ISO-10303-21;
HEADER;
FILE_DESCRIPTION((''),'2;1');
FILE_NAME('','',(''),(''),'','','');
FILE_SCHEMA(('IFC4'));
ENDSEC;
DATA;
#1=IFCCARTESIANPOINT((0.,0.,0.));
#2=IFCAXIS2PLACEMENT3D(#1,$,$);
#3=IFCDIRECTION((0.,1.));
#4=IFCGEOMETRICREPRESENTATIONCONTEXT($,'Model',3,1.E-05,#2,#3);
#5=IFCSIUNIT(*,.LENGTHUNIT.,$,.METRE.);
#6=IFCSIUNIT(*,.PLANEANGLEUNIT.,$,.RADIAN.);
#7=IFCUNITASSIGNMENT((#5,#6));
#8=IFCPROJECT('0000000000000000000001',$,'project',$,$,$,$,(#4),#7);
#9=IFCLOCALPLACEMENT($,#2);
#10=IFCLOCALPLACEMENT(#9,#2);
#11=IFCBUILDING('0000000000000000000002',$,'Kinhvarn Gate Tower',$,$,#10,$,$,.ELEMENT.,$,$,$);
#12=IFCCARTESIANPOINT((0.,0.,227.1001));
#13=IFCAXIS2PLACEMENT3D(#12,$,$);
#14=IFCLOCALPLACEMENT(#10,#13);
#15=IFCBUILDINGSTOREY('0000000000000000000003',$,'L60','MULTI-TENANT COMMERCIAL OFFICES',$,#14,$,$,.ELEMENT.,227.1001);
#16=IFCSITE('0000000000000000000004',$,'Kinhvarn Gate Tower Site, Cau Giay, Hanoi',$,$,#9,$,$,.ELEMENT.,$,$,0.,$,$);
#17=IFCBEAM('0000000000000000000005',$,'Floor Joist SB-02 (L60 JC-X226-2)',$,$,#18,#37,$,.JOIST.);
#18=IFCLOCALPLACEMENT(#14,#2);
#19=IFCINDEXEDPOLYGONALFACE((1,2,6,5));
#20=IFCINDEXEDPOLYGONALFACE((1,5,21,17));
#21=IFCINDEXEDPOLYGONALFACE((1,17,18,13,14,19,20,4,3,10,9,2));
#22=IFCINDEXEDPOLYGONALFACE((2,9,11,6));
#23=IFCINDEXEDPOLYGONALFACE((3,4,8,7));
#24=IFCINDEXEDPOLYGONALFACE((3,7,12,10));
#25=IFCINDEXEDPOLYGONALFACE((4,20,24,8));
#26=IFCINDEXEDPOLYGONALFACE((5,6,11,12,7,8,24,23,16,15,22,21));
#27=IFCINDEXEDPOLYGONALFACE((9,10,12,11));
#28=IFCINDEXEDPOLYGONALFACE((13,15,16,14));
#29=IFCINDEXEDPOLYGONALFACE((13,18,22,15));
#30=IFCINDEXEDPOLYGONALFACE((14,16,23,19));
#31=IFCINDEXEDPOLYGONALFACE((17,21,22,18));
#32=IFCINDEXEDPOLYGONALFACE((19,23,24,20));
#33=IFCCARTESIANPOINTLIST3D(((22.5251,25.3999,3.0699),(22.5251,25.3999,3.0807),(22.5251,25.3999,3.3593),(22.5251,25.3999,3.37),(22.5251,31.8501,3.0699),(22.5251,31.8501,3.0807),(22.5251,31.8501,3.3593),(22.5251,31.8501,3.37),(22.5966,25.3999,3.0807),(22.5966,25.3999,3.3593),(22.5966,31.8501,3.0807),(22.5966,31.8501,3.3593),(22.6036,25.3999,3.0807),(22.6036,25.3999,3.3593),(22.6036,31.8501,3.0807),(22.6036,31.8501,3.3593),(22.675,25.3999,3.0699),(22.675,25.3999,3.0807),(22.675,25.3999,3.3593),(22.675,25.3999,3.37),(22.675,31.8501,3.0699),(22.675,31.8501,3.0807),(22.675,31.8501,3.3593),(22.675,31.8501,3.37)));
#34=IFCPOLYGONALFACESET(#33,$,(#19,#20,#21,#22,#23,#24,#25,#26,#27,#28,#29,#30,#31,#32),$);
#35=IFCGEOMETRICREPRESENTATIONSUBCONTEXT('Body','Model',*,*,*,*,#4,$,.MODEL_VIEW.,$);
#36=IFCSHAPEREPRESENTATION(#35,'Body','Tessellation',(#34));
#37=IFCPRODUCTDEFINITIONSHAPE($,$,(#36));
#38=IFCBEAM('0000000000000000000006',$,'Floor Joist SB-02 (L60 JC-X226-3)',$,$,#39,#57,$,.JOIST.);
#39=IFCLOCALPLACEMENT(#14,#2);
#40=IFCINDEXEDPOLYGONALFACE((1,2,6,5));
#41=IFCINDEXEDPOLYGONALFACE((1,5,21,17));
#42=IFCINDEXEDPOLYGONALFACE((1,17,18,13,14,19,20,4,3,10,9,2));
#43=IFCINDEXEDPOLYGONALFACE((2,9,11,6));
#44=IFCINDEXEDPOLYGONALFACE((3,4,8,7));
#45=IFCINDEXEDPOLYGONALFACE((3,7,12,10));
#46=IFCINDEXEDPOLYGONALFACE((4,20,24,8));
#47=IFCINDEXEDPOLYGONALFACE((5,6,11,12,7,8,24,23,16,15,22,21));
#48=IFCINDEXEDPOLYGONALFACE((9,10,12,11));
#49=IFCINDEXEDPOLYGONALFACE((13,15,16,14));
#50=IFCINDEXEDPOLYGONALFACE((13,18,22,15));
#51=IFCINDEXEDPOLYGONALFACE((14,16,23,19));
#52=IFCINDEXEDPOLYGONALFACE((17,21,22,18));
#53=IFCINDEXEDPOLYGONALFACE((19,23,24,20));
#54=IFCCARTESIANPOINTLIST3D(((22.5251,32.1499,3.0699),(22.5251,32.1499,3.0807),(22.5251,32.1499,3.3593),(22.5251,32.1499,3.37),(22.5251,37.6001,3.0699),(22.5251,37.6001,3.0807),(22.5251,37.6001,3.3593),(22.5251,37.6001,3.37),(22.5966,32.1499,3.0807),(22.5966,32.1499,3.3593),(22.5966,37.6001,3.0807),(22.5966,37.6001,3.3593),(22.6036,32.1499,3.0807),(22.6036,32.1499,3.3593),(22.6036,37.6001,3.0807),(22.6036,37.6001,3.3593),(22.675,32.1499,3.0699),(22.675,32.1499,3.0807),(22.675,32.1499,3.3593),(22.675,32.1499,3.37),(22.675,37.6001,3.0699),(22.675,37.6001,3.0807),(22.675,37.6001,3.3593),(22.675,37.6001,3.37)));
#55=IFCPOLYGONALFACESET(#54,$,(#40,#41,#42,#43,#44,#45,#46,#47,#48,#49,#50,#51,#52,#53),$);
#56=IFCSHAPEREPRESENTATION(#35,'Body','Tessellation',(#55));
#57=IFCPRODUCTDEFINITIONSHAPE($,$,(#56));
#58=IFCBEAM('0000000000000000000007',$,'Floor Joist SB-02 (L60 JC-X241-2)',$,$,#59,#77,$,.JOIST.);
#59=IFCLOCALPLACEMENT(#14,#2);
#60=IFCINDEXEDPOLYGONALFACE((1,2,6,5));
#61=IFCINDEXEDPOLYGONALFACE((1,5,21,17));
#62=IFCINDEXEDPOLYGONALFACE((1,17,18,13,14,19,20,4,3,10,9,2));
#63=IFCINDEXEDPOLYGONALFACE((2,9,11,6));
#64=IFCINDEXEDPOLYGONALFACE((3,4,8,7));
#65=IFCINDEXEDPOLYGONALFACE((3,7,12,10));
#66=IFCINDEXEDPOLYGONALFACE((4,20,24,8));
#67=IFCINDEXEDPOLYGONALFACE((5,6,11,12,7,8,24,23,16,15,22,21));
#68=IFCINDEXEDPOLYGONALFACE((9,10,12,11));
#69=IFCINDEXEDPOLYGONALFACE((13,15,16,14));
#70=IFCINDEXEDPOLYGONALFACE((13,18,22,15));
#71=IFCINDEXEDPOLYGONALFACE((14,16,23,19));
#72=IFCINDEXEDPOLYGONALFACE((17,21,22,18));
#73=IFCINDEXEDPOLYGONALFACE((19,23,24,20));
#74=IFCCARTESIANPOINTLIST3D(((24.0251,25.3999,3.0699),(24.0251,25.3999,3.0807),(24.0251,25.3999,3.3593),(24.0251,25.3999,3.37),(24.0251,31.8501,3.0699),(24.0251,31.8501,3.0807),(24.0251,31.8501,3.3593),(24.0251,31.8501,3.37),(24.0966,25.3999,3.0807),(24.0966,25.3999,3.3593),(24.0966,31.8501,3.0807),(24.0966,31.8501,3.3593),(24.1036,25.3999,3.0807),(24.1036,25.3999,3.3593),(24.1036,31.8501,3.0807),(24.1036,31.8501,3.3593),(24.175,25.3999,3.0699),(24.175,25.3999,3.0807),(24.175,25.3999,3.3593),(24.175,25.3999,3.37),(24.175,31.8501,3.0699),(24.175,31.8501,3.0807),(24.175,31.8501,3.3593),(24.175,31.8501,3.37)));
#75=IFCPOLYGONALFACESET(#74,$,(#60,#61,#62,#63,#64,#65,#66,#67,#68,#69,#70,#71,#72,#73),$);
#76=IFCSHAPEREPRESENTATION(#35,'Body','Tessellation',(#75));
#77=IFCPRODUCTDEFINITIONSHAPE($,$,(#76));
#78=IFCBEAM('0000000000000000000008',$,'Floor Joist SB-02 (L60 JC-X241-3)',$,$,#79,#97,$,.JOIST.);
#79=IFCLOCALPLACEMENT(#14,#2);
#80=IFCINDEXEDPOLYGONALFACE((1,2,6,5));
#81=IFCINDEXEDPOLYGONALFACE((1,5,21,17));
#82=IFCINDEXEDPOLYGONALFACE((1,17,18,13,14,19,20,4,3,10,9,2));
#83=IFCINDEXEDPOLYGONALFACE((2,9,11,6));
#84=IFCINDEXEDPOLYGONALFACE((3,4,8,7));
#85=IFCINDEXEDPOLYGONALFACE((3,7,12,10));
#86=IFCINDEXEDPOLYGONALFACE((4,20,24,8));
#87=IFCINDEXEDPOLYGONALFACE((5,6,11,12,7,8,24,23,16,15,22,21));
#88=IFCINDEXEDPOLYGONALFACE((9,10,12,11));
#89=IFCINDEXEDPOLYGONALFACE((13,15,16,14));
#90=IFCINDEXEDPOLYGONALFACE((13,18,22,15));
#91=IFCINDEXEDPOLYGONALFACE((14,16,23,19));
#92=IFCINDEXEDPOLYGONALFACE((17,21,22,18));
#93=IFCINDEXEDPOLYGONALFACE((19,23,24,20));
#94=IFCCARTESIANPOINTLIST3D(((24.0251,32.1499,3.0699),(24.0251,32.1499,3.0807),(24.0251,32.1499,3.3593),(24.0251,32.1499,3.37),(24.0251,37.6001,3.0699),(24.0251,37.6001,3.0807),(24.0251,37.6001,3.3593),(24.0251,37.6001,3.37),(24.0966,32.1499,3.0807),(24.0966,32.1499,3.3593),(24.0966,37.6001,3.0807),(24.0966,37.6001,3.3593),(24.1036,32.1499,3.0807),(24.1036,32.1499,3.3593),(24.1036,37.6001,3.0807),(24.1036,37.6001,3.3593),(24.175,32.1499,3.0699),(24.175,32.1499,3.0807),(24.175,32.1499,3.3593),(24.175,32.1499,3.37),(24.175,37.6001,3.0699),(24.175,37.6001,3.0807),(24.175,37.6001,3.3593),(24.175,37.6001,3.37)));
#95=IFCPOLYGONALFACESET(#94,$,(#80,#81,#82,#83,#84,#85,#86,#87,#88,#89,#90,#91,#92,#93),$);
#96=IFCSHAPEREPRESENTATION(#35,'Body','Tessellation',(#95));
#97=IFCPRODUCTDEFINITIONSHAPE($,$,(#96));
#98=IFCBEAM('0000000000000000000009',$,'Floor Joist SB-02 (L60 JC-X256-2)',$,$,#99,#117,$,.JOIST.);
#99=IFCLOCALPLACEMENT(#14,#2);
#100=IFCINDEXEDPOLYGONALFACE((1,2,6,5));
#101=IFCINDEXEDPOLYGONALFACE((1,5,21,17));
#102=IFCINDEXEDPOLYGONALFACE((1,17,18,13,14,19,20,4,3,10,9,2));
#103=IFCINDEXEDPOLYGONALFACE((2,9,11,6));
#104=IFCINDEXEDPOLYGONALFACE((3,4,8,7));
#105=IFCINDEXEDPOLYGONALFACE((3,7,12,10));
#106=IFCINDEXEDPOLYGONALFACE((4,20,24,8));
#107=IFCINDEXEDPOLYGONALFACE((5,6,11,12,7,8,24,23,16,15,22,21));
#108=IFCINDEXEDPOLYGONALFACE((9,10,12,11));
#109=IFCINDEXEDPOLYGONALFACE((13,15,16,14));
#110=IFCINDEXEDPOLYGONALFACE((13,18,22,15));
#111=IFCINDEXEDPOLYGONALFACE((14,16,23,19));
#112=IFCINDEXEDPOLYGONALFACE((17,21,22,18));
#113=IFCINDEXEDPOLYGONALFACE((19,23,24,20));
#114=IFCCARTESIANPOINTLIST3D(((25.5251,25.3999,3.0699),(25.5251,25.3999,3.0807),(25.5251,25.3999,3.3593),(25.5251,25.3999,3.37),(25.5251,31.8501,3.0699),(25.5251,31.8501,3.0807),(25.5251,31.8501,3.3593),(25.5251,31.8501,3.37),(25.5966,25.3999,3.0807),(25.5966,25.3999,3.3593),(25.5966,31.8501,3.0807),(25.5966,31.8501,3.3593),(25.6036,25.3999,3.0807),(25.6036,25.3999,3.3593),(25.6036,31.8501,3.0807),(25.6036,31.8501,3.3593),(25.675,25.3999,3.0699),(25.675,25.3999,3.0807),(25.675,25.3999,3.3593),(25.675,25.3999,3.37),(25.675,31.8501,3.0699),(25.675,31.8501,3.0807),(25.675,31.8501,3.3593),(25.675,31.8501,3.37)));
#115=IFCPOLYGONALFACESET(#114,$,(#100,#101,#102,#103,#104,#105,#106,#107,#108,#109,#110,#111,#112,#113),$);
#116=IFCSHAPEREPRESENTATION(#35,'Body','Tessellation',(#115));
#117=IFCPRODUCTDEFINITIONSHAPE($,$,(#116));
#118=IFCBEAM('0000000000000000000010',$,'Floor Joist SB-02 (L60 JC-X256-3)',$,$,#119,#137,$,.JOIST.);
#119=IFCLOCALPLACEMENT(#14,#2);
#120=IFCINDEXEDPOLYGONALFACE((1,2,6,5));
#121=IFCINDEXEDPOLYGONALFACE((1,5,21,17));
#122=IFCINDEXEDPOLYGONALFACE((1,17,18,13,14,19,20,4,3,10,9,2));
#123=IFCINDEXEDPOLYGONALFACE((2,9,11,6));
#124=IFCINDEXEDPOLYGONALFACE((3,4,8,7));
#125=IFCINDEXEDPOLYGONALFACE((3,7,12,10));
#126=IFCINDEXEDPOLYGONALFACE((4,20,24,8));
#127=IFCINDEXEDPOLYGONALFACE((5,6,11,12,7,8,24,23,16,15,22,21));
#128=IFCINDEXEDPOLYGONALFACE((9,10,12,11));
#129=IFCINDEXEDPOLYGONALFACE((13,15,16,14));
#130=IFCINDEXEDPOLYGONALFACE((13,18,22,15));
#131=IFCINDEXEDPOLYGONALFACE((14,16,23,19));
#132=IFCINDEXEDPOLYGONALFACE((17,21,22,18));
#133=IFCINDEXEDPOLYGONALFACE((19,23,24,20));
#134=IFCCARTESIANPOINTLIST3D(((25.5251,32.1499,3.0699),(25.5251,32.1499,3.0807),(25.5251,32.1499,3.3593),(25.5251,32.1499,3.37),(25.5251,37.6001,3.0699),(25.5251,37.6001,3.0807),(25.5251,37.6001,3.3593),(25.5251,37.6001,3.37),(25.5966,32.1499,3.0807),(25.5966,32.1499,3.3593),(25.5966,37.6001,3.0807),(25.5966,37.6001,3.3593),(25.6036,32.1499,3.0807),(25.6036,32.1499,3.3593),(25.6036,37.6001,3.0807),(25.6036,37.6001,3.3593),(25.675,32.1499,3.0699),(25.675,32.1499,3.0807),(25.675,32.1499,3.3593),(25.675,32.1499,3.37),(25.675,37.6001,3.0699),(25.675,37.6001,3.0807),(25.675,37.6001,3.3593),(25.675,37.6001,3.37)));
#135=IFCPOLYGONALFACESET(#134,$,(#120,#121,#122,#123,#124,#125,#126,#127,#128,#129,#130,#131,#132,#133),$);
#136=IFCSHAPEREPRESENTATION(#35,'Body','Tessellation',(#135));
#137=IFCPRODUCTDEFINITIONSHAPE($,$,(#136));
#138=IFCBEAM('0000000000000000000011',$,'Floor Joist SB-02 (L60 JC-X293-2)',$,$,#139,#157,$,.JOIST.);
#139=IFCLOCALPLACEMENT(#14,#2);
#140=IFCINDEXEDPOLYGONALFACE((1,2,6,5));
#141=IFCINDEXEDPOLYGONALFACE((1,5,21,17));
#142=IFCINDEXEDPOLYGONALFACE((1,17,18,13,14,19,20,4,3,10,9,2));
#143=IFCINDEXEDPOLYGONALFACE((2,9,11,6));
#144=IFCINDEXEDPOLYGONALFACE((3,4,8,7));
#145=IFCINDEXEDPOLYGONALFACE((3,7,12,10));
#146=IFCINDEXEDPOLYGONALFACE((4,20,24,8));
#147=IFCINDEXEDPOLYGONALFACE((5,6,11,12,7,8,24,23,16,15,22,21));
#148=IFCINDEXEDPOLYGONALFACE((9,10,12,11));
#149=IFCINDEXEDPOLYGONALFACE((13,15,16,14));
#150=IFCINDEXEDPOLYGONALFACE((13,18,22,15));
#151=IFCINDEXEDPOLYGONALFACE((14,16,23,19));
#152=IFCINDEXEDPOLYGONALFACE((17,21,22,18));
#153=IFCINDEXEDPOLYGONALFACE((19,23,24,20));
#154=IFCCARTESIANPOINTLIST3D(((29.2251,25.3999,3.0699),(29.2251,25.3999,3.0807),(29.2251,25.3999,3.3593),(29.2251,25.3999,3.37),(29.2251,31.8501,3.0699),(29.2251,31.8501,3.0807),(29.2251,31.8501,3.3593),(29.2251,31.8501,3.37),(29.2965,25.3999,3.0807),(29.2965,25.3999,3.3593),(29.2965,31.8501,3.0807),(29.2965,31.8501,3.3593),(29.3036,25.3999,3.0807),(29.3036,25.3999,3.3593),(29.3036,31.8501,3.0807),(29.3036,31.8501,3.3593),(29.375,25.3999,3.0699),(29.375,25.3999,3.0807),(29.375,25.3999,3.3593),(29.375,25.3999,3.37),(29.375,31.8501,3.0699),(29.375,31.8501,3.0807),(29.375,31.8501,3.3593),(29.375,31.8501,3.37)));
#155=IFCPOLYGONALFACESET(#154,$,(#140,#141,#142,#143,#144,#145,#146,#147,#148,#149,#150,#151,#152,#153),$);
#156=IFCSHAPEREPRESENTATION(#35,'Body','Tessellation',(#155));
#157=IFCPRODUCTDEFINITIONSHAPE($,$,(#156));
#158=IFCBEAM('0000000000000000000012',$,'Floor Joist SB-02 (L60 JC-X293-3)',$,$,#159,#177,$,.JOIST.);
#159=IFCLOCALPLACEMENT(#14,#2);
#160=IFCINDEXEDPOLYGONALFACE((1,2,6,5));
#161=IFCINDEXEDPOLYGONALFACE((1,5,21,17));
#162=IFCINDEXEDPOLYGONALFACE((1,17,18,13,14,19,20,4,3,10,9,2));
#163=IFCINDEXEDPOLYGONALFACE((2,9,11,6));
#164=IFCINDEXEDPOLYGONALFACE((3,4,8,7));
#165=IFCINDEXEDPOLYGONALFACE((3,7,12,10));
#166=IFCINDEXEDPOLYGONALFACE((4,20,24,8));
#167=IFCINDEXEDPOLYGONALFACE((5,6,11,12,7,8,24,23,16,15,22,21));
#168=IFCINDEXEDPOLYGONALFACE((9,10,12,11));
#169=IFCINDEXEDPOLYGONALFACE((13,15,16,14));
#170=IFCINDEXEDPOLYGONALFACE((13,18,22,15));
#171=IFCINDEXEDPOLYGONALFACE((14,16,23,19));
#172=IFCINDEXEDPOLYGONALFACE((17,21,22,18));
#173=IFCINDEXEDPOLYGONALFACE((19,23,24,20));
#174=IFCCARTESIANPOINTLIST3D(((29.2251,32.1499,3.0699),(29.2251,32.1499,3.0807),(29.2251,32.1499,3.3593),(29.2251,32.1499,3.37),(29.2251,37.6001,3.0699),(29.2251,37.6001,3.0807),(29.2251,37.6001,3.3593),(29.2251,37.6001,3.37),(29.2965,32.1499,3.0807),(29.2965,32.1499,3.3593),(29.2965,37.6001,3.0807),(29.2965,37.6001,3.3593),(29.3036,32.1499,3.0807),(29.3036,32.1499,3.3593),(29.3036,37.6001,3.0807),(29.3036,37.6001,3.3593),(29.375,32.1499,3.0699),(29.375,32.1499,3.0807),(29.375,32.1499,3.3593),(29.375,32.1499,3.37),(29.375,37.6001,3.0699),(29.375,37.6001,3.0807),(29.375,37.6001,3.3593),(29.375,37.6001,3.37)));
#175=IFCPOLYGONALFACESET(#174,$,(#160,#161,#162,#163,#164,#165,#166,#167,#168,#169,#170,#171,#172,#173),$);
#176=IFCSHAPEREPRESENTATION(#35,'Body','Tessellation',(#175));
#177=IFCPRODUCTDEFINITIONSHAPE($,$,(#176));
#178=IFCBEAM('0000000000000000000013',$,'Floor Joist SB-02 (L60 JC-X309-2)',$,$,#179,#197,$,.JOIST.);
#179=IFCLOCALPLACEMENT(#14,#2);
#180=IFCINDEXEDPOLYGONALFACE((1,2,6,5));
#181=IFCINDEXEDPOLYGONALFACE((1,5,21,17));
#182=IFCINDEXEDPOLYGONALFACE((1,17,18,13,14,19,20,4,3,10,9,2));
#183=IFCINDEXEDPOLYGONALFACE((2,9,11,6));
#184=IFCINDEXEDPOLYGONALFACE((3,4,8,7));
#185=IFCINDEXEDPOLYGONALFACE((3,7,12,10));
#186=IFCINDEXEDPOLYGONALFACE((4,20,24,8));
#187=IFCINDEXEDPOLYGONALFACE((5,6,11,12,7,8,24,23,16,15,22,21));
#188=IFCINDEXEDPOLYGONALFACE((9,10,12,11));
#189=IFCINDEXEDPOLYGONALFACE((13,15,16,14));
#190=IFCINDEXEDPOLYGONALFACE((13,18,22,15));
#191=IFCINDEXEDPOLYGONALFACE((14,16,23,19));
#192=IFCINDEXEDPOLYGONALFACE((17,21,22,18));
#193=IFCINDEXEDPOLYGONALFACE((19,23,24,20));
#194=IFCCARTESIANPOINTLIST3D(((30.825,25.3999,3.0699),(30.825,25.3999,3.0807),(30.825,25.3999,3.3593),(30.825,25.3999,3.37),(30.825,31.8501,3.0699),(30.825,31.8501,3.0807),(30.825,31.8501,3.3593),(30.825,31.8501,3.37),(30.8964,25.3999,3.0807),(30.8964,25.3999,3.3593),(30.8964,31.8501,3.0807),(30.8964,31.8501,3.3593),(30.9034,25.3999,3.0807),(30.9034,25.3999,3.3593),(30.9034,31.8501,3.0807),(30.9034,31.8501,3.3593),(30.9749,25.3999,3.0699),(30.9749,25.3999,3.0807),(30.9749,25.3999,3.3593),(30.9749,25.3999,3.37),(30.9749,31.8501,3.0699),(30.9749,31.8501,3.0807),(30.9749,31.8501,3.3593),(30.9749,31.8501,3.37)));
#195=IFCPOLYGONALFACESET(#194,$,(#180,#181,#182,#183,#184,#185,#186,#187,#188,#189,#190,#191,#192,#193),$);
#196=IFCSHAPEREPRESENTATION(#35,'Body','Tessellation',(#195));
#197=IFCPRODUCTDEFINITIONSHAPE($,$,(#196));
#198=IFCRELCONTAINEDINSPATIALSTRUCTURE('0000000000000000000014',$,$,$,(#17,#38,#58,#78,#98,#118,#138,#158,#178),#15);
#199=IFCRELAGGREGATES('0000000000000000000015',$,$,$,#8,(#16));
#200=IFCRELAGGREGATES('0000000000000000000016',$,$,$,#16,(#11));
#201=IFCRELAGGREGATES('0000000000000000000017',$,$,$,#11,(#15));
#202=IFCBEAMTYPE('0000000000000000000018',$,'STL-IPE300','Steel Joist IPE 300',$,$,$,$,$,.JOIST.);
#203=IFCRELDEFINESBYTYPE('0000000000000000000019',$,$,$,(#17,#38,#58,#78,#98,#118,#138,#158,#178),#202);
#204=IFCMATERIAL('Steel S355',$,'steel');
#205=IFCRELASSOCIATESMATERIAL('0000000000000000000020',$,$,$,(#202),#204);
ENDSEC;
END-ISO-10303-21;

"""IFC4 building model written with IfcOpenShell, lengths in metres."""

from ifc_helpers import new_model, si_unit, direction, frame, origin, origin_2d, place, context, subcontext, project, spatial, i_section, extrude, material, material_profile, profile_set, type_object, element, save


model = new_model("IFC4")

# Units and contexts
model_context = context("Model", 3, precision=1e-05, world=origin(), true_north=direction((0.0, 1.0)))
body_context = subcontext(model_context, "Body", "Model", "MODEL_VIEW")
ifc_project = project(units=[si_unit("LENGTHUNIT", "METRE"), si_unit("PLANEANGLEUNIT", "RADIAN")], contexts=[model_context])

# Site, building, storey
site_placement = place(None, origin())
site = spatial("IfcSite", under=ifc_project, at=site_placement, Name="Kinhvarn Gate Tower Site, Cau Giay, Hanoi", CompositionType="ELEMENT", RefElevation=0.0)
building_placement = place(site_placement, origin())
building = spatial("IfcBuilding", under=site, at=building_placement, Name="Kinhvarn Gate Tower", CompositionType="ELEMENT")
storey_placement = place(building_placement, frame((0.0, 0.0, 227.1001)))
storey = spatial("IfcBuildingStorey", under=building, at=storey_placement, Name="L60", Description="MULTI-TENANT COMMERCIAL OFFICES", CompositionType="ELEMENT", Elevation=227.1001)

# Beams
ifc_material_1 = material(Name="Steel S355", Category="steel")
ifc_material_profile = material_profile(ifc_material_1, i_section(OverallWidth=0.1499, OverallDepth=0.3, WebThickness=0.0071, FlangeThickness=0.0107, at=origin_2d()), Name="IPE 300")
ifc_profile_set = profile_set([ifc_material_profile], Name="Steel S355")
beam_type = type_object("IfcBeamType", Name="STL-IPE300", Description="Steel Joist IPE 300", PredefinedType="JOIST", material=ifc_profile_set)
beam_1_placement = place(storey_placement, frame((22.6001, 25.3999, 3.22), z_axis=(0.0, 1.0, 0.0), x_axis=(-1.0, 0.0, 0.0)))
element("IfcBeam", 1, at=beam_1_placement, inside=storey, type_object=beam_type, Name="Floor Joist SB-02 (L60 JC-X226-2)", PredefinedType="JOIST", context=body_context, shape_type="SweptSolid", body=[
    extrude(i_section(OverallWidth=0.1499, OverallDepth=0.3, WebThickness=0.0071, FlangeThickness=0.0107, at=origin_2d()), origin(), (0.0, 0.0, 1.0), 6.4502),
])
beam_2_placement = place(storey_placement, frame((22.6001, 32.1499, 3.22), z_axis=(0.0, 1.0, 0.0), x_axis=(-1.0, 0.0, 0.0)))
element("IfcBeam", 2, at=beam_2_placement, inside=storey, type_object=beam_type, Name="Floor Joist SB-02 (L60 JC-X226-3)", PredefinedType="JOIST", context=body_context, shape_type="SweptSolid", body=[
    extrude(i_section(OverallWidth=0.1499, OverallDepth=0.3, WebThickness=0.0071, FlangeThickness=0.0107, at=origin_2d()), origin(), (0.0, 0.0, 1.0), 5.4502),
])
beam_3_placement = place(storey_placement, frame((24.1001, 25.3999, 3.22), z_axis=(0.0, 1.0, 0.0), x_axis=(-1.0, 0.0, 0.0)))
element("IfcBeam", 3, at=beam_3_placement, inside=storey, type_object=beam_type, Name="Floor Joist SB-02 (L60 JC-X241-2)", PredefinedType="JOIST", context=body_context, shape_type="SweptSolid", body=[
    extrude(i_section(OverallWidth=0.1499, OverallDepth=0.3, WebThickness=0.0071, FlangeThickness=0.0107, at=origin_2d()), origin(), (0.0, 0.0, 1.0), 6.4502),
])
beam_4_placement = place(storey_placement, frame((24.1001, 32.1499, 3.22), z_axis=(0.0, 1.0, 0.0), x_axis=(-1.0, 0.0, 0.0)))
element("IfcBeam", 4, at=beam_4_placement, inside=storey, type_object=beam_type, Name="Floor Joist SB-02 (L60 JC-X241-3)", PredefinedType="JOIST", context=body_context, shape_type="SweptSolid", body=[
    extrude(i_section(OverallWidth=0.1499, OverallDepth=0.3, WebThickness=0.0071, FlangeThickness=0.0107, at=origin_2d()), origin(), (0.0, 0.0, 1.0), 5.4502),
])
beam_5_placement = place(storey_placement, frame((25.6001, 25.3999, 3.22), z_axis=(0.0, 1.0, 0.0), x_axis=(-1.0, 0.0, 0.0)))
element("IfcBeam", 5, at=beam_5_placement, inside=storey, type_object=beam_type, Name="Floor Joist SB-02 (L60 JC-X256-2)", PredefinedType="JOIST", context=body_context, shape_type="SweptSolid", body=[
    extrude(i_section(OverallWidth=0.1499, OverallDepth=0.3, WebThickness=0.0071, FlangeThickness=0.0107, at=origin_2d()), origin(), (0.0, 0.0, 1.0), 6.4502),
])
beam_6_placement = place(storey_placement, frame((25.6001, 32.1499, 3.22), z_axis=(0.0, 1.0, 0.0), x_axis=(-1.0, 0.0, 0.0)))
element("IfcBeam", 6, at=beam_6_placement, inside=storey, type_object=beam_type, Name="Floor Joist SB-02 (L60 JC-X256-3)", PredefinedType="JOIST", context=body_context, shape_type="SweptSolid", body=[
    extrude(i_section(OverallWidth=0.1499, OverallDepth=0.3, WebThickness=0.0071, FlangeThickness=0.0107, at=origin_2d()), origin(), (0.0, 0.0, 1.0), 5.4502),
])
beam_7_placement = place(storey_placement, frame((29.3, 25.3999, 3.22), z_axis=(0.0, 1.0, 0.0), x_axis=(-1.0, 0.0, 0.0)))
element("IfcBeam", 7, at=beam_7_placement, inside=storey, type_object=beam_type, Name="Floor Joist SB-02 (L60 JC-X293-2)", PredefinedType="JOIST", context=body_context, shape_type="SweptSolid", body=[
    extrude(i_section(OverallWidth=0.1499, OverallDepth=0.3, WebThickness=0.0071, FlangeThickness=0.0107, at=origin_2d()), origin(), (0.0, 0.0, 1.0), 6.4502),
])
beam_8_placement = place(storey_placement, frame((29.3, 32.1499, 3.22), z_axis=(0.0, 1.0, 0.0), x_axis=(-1.0, 0.0, 0.0)))
element("IfcBeam", 8, at=beam_8_placement, inside=storey, type_object=beam_type, Name="Floor Joist SB-02 (L60 JC-X293-3)", PredefinedType="JOIST", context=body_context, shape_type="SweptSolid", body=[
    extrude(i_section(OverallWidth=0.1499, OverallDepth=0.3, WebThickness=0.0071, FlangeThickness=0.0107, at=origin_2d()), origin(), (0.0, 0.0, 1.0), 5.4502),
])
beam_9_placement = place(storey_placement, frame((30.8999, 25.3999, 3.22), z_axis=(0.0, 1.0, 0.0), x_axis=(-1.0, 0.0, 0.0)))
element("IfcBeam", 9, at=beam_9_placement, inside=storey, type_object=beam_type, Name="Floor Joist SB-02 (L60 JC-X309-2)", PredefinedType="JOIST", context=body_context, shape_type="SweptSolid", body=[
    extrude(i_section(OverallWidth=0.1499, OverallDepth=0.3, WebThickness=0.0071, FlangeThickness=0.0107, at=origin_2d()), origin(), (0.0, 0.0, 1.0), 6.4502),
])

save(model, "model.ifc")
